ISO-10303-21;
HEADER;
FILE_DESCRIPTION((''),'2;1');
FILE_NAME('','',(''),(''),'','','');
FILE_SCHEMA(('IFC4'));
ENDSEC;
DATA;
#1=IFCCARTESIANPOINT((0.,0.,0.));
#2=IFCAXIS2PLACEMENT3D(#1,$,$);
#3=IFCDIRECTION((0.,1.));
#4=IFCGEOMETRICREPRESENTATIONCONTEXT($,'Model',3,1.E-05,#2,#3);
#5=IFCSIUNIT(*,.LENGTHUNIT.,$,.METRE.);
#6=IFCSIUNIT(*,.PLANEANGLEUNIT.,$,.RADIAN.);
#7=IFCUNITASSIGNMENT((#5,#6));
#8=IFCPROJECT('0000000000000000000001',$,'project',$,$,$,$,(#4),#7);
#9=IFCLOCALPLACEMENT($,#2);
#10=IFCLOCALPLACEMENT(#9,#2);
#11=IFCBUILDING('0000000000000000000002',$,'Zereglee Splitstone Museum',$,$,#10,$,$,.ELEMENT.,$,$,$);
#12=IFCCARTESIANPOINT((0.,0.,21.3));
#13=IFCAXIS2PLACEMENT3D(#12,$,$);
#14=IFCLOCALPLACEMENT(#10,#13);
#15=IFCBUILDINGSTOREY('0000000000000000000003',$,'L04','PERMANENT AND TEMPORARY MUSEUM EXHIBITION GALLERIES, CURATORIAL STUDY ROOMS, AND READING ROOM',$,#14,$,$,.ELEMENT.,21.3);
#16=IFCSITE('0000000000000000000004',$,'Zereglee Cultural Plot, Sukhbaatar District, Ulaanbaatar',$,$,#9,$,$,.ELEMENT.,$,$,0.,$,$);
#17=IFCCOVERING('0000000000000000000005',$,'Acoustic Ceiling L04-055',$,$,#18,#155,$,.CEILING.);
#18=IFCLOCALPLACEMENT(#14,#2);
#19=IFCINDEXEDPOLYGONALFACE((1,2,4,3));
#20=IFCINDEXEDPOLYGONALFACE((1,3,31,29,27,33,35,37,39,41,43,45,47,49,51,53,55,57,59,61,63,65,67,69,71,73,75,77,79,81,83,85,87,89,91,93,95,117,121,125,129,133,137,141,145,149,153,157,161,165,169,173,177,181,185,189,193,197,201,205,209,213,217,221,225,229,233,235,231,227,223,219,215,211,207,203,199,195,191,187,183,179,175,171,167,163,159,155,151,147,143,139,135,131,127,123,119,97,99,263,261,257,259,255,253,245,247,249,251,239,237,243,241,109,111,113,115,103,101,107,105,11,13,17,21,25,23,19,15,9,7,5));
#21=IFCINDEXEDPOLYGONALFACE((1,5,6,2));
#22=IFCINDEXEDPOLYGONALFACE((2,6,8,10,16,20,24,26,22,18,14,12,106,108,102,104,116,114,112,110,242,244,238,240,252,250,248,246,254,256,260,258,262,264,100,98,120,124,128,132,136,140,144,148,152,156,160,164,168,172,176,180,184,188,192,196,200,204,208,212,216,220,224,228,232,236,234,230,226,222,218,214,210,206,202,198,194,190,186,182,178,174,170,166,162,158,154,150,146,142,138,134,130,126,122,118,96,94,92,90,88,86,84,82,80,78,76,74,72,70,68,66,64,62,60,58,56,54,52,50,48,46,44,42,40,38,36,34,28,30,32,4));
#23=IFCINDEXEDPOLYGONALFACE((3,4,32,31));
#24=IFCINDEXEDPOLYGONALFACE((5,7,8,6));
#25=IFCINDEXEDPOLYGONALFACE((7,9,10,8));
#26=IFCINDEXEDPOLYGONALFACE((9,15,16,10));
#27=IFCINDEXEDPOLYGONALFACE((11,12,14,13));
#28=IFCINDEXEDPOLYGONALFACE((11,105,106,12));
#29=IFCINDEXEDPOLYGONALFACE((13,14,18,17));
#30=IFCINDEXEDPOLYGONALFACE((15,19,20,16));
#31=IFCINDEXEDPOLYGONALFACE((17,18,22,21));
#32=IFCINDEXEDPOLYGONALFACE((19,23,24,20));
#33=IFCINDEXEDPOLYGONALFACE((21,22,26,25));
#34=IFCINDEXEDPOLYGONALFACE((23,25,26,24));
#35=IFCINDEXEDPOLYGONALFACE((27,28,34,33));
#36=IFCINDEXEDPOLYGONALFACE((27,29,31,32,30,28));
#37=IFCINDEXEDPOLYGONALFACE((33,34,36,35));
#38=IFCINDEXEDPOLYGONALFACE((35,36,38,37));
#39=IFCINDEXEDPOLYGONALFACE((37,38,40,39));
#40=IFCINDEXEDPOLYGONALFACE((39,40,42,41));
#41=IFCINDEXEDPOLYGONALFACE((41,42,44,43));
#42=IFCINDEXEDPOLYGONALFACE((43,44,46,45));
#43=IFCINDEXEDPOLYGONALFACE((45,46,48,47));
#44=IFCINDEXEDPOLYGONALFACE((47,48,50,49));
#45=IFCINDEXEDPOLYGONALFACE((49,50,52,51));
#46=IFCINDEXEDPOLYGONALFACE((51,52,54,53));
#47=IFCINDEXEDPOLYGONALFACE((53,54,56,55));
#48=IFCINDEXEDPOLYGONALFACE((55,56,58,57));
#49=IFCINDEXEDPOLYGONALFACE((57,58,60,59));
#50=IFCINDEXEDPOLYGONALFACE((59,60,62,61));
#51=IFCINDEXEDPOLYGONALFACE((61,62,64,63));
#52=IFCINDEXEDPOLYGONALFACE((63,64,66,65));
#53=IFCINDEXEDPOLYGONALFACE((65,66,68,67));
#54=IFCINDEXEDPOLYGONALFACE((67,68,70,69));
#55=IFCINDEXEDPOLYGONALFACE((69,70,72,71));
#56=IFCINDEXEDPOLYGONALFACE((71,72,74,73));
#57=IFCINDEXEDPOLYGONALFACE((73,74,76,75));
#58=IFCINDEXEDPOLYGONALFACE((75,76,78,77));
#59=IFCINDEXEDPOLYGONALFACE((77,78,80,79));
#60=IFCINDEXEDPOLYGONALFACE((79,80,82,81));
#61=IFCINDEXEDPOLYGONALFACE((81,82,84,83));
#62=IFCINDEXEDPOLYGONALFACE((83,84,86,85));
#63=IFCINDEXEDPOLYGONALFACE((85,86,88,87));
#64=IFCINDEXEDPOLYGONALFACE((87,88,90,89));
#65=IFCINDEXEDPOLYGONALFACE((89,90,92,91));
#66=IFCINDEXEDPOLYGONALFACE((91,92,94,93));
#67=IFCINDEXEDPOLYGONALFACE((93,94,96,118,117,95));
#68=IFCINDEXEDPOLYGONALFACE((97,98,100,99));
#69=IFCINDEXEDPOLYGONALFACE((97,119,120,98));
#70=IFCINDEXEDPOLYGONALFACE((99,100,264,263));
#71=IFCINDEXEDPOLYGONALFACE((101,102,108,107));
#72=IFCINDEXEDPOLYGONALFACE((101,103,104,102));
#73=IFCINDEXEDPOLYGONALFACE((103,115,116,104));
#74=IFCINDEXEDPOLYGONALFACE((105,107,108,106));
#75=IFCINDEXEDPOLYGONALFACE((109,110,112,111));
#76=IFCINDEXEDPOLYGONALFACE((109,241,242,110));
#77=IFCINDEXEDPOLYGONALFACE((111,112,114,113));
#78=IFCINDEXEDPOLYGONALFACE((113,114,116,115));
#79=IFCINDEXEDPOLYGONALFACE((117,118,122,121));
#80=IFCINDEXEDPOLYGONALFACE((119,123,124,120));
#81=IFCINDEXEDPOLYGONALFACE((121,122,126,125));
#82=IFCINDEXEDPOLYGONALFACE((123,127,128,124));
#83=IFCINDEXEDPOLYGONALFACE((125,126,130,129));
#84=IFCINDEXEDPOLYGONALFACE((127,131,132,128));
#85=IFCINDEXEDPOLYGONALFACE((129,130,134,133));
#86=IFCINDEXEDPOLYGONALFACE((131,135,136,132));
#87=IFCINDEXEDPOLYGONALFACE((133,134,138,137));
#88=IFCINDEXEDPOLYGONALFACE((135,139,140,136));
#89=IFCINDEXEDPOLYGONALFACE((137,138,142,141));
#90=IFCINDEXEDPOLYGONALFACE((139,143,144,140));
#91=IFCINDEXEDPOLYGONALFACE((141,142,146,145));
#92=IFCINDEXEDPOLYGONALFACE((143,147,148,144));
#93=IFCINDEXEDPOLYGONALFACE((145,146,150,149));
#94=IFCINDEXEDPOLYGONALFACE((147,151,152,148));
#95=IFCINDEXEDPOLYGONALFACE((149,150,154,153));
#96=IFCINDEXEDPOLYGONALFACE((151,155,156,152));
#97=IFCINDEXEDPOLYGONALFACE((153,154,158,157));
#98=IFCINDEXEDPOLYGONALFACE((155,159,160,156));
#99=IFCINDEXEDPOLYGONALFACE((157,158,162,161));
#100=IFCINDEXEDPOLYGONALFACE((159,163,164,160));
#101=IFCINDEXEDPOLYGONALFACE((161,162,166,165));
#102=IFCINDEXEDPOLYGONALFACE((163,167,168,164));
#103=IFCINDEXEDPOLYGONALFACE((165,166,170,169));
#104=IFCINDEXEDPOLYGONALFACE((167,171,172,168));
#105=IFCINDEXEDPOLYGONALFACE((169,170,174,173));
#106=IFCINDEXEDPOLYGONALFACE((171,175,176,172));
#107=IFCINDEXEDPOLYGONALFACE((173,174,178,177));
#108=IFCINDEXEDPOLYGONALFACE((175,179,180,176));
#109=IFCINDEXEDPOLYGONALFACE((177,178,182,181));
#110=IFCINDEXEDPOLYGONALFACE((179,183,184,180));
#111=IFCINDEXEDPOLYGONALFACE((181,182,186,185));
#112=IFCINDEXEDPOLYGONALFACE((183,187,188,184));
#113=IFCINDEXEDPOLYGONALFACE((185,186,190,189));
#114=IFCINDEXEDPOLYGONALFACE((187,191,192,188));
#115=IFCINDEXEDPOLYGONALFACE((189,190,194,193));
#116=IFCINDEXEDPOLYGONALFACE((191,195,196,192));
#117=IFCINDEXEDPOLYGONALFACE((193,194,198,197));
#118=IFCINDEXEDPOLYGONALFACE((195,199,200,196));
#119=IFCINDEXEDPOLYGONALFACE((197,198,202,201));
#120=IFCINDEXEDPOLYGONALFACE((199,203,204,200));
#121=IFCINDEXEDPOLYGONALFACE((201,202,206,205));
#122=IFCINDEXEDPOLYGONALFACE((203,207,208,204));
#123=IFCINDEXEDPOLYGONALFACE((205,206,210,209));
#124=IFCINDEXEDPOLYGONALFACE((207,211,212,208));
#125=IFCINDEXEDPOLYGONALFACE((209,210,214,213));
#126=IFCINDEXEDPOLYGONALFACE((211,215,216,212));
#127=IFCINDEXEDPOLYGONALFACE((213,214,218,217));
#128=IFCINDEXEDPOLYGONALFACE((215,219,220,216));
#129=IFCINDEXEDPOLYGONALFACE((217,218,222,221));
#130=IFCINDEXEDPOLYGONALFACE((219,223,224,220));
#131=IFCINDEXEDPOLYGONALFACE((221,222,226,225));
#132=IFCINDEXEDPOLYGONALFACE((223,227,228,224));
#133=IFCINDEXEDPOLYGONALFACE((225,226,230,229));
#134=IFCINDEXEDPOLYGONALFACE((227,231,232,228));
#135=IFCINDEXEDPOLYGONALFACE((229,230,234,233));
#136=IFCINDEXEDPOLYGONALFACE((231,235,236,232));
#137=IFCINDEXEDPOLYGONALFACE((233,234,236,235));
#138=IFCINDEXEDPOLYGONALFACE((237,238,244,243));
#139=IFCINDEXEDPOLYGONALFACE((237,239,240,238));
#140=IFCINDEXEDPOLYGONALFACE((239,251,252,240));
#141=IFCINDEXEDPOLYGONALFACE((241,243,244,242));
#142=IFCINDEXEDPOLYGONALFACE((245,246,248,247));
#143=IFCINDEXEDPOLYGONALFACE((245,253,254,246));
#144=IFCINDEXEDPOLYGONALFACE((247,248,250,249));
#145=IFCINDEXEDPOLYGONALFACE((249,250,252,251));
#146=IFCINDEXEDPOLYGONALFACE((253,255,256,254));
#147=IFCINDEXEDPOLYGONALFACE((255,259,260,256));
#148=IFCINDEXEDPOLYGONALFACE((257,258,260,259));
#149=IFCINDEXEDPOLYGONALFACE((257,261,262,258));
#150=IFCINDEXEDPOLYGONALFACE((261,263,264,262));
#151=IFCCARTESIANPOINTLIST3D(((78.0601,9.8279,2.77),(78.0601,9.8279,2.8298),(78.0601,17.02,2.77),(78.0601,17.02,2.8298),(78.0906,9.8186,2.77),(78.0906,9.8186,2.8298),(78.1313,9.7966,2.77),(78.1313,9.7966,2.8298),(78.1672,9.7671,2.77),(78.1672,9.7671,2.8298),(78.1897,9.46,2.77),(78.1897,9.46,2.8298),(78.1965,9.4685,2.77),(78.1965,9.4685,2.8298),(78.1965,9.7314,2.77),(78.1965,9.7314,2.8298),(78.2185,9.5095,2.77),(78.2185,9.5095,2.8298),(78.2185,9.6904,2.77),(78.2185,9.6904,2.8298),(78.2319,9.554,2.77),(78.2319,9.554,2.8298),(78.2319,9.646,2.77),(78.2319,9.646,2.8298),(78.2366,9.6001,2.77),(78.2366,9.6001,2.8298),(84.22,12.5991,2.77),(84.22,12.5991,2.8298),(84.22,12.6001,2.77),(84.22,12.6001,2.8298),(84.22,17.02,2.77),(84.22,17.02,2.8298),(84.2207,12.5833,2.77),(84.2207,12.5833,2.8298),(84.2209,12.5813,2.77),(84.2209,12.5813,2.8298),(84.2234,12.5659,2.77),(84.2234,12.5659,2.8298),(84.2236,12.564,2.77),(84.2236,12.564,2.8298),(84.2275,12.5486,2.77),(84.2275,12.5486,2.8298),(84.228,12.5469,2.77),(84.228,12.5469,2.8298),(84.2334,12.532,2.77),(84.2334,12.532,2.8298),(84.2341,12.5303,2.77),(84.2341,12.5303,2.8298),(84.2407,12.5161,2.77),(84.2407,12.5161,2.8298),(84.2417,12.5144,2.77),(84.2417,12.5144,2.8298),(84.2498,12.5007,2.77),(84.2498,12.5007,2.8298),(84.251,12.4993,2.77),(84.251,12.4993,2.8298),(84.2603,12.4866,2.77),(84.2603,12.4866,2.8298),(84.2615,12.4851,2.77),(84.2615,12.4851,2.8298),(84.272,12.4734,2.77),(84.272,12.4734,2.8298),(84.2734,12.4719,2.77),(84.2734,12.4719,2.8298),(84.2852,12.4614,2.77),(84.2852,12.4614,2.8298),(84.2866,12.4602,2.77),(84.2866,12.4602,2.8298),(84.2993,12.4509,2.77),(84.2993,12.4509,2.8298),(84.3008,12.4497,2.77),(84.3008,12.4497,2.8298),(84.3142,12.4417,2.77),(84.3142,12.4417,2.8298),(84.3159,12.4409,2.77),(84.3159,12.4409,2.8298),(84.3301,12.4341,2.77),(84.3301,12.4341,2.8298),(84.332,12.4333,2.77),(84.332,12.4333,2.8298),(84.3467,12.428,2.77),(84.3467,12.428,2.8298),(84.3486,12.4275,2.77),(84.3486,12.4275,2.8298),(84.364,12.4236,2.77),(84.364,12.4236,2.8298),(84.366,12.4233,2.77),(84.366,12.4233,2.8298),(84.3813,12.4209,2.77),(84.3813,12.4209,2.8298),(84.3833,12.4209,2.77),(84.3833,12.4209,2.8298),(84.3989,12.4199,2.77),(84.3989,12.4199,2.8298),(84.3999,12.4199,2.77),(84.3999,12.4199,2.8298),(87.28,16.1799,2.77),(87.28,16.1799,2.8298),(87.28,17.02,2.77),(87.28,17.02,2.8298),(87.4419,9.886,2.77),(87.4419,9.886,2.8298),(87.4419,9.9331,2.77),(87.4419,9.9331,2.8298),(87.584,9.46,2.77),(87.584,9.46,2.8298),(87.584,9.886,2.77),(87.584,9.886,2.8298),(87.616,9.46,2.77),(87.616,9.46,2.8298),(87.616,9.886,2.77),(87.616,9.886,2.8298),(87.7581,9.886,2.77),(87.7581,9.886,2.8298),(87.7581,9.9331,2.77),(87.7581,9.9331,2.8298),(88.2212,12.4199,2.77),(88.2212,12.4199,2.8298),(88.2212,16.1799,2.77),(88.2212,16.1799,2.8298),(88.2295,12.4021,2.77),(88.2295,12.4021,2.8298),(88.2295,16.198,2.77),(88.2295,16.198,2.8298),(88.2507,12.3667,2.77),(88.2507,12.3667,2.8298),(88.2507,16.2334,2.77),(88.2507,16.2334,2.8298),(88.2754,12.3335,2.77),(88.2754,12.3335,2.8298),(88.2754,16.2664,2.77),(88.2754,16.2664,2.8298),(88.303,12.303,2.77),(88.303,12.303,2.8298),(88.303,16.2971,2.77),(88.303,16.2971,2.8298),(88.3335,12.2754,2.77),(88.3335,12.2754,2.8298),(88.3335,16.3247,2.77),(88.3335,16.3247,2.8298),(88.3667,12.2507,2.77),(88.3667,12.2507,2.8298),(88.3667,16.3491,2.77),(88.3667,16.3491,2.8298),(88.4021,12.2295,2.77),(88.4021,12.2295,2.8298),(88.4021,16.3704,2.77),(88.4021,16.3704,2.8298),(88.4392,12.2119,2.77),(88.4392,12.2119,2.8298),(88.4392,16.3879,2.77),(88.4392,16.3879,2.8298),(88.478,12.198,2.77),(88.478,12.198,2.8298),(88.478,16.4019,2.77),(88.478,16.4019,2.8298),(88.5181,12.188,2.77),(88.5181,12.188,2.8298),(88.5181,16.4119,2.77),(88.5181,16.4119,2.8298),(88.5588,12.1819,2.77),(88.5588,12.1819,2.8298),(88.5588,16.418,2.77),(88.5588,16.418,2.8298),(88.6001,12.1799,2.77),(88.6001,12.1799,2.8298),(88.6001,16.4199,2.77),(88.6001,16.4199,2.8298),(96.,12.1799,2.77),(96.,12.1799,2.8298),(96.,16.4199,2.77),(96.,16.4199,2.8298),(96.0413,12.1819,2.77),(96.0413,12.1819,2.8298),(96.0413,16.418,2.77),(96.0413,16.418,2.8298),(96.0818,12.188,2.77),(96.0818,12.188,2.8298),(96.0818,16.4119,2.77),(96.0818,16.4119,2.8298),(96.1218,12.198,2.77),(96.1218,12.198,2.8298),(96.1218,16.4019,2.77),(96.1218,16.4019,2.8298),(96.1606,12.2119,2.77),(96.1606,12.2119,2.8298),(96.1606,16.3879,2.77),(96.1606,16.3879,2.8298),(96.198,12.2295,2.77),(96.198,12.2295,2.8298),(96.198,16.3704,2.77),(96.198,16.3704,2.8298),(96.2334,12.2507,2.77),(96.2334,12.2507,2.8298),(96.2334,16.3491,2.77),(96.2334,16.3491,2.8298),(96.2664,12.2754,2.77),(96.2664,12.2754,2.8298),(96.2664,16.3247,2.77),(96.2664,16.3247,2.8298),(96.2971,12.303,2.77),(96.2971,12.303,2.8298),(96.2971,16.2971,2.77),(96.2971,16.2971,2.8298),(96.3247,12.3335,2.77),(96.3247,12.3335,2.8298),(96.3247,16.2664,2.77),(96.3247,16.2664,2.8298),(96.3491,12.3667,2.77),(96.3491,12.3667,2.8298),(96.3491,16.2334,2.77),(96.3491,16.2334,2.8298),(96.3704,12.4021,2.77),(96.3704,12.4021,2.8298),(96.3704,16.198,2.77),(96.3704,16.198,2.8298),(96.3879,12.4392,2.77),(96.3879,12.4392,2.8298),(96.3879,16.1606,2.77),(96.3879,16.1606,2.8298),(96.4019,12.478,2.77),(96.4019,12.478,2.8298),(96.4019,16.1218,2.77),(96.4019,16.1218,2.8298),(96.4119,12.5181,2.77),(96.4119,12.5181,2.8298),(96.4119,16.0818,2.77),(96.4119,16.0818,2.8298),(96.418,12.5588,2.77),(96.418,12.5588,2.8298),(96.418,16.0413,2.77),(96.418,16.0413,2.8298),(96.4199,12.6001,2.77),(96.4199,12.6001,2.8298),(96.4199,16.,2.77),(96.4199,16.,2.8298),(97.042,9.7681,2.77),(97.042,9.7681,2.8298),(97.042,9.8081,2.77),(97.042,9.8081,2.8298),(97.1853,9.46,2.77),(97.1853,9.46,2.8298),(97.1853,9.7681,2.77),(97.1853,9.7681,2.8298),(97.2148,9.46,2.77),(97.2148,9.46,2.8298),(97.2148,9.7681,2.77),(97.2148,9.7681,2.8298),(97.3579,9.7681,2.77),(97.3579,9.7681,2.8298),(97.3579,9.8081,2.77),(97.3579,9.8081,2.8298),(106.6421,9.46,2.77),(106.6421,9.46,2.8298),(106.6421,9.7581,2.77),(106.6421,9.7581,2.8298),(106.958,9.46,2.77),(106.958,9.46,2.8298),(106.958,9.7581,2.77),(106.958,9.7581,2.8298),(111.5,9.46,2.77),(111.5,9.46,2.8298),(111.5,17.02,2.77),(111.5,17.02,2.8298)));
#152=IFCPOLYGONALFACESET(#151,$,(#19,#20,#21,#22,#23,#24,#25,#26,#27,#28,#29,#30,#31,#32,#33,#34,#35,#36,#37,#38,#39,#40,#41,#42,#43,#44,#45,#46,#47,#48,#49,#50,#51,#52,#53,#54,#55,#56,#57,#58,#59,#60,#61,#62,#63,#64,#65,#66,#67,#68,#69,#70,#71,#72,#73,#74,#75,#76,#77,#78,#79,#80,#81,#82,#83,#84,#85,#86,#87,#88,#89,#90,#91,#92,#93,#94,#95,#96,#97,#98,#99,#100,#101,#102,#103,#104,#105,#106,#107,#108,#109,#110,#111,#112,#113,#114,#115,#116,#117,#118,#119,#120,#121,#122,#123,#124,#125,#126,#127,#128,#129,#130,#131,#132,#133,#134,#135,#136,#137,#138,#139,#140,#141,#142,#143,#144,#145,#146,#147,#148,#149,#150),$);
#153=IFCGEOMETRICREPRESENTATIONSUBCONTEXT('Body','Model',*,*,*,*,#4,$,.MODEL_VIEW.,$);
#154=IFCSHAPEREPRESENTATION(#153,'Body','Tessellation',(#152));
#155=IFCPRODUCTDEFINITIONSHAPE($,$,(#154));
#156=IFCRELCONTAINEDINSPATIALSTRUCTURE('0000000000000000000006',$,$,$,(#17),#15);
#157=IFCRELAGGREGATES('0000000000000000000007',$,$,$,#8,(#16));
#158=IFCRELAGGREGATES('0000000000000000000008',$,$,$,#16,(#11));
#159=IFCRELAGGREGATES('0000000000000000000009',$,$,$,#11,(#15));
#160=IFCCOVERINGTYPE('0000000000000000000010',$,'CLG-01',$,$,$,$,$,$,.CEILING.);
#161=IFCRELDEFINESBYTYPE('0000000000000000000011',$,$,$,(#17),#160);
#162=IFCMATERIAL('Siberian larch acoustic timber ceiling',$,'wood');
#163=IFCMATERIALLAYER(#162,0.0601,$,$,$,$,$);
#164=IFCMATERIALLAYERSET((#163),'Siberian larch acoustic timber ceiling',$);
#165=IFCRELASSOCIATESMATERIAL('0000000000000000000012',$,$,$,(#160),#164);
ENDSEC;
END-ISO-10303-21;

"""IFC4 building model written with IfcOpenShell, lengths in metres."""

from ifc_helpers import new_model, si_unit, direction, frame, origin, place, context, subcontext, project, spatial, polyline, outline, extrude, material, layer, layer_set, type_object, element, save


model = new_model("IFC4")

# Units and contexts
model_context = context("Model", 3, precision=1e-05, world=origin(), true_north=direction((0.0, 1.0)))
body_context = subcontext(model_context, "Body", "Model", "MODEL_VIEW")
ifc_project = project(units=[si_unit("LENGTHUNIT", "METRE"), si_unit("PLANEANGLEUNIT", "RADIAN")], contexts=[model_context])

# Site, building, storey
site_placement = place(None, origin())
site = spatial("IfcSite", under=ifc_project, at=site_placement, Name="Zereglee Cultural Plot, Sukhbaatar District, Ulaanbaatar", CompositionType="ELEMENT", RefElevation=0.0)
building_placement = place(site_placement, origin())
building = spatial("IfcBuilding", under=site, at=building_placement, Name="Zereglee Splitstone Museum", CompositionType="ELEMENT")
storey_placement = place(building_placement, frame((0.0, 0.0, 21.3)))
storey = spatial("IfcBuildingStorey", under=building, at=storey_placement, Name="L04", Description="PERMANENT AND TEMPORARY MUSEUM EXHIBITION GALLERIES, CURATORIAL STUDY ROOMS, AND READING ROOM", CompositionType="ELEMENT", Elevation=21.3)

# Covering
ifc_material_1 = material(Name="Siberian larch acoustic timber ceiling", Category="wood")
ifc_layer_1 = layer(ifc_material_1, 0.0601)
ifc_layer_set_1 = layer_set([ifc_layer_1], Name="Siberian larch acoustic timber ceiling")
covering_type_1 = type_object("IfcCoveringType", Name="CLG-01", PredefinedType="CEILING", material=ifc_layer_set_1)
covering_1_placement = place(storey_placement, frame((0.0, 0.0, 2.77)))
element("IfcCovering", 1, at=covering_1_placement, inside=storey, type_object=covering_type_1, Name="Acoustic Ceiling L04-055", PredefinedType="CEILING", context=body_context, shape_type="SweptSolid", body=[
    extrude(outline(polyline([(87.28, 17.02), (111.5, 17.02), (111.5, 9.46), (106.958, 9.46), (106.958, 9.7581), (106.6421, 9.7581), (106.6421, 9.46), (97.2148, 9.46), (97.2148, 9.7681), (97.3579, 9.7681), (97.3579, 9.8081), (97.042, 9.8081), (97.042, 9.7681), (97.1853, 9.7681), (97.1853, 9.46), (87.616, 9.46), (87.616, 9.886), (87.7581, 9.886), (87.7581, 9.9331), (87.4419, 9.9331), (87.4419, 9.886), (87.584, 9.886), (87.584, 9.46), (78.1897, 9.46), (78.1965, 9.4685), (78.2185, 9.5095), (78.2319, 9.554), (78.2366, 9.6001), (78.2319, 9.646), (78.2185, 9.6904), (78.1965, 9.7314), (78.1672, 9.7671), (78.1313, 9.7966), (78.0906, 9.8186), (78.0601, 9.8279), (78.0601, 17.02), (84.22, 17.02), (84.22, 12.6001), (84.22, 12.5991), (84.2207, 12.5833), (84.2209, 12.5813), (84.2234, 12.5659), (84.2236, 12.564), (84.2275, 12.5486), (84.228, 12.5469), (84.2334, 12.532), (84.2341, 12.5303), (84.2407, 12.5161), (84.2417, 12.5144), (84.2498, 12.5007), (84.251, 12.4993), (84.2603, 12.4866), (84.2615, 12.4851), (84.272, 12.4734), (84.2734, 12.4719), (84.2852, 12.4614), (84.2866, 12.4602), (84.2993, 12.4509), (84.3008, 12.4497), (84.3142, 12.4417), (84.3159, 12.4409), (84.3301, 12.4341), (84.332, 12.4333), (84.3467, 12.428), (84.3486, 12.4275), (84.364, 12.4236), (84.366, 12.4233), (84.3813, 12.4209), (84.3833, 12.4209), (84.3989, 12.4199), (84.3999, 12.4199), (88.2212, 12.4199), (88.2295, 12.4021), (88.2507, 12.3667), (88.2754, 12.3335), (88.303, 12.303), (88.3335, 12.2754), (88.3667, 12.2507), (88.4021, 12.2295), (88.4392, 12.2119), (88.478, 12.198), (88.5181, 12.188), (88.5588, 12.1819), (88.6001, 12.1799), (96.0, 12.1799), (96.0413, 12.1819), (96.0818, 12.188), (96.1218, 12.198), (96.1606, 12.2119), (96.198, 12.2295), (96.2334, 12.2507), (96.2664, 12.2754), (96.2971, 12.303), (96.3247, 12.3335), (96.3491, 12.3667), (96.3704, 12.4021), (96.3879, 12.4392), (96.4019, 12.478), (96.4119, 12.5181), (96.418, 12.5588), (96.4199, 12.6001), (96.4199, 16.0), (96.418, 16.0413), (96.4119, 16.0818), (96.4019, 16.1218), (96.3879, 16.1606), (96.3704, 16.198), (96.3491, 16.2334), (96.3247, 16.2664), (96.2971, 16.2971), (96.2664, 16.3247), (96.2334, 16.3491), (96.198, 16.3704), (96.1606, 16.3879), (96.1218, 16.4019), (96.0818, 16.4119), (96.0413, 16.418), (96.0, 16.4199), (88.6001, 16.4199), (88.5588, 16.418), (88.5181, 16.4119), (88.478, 16.4019), (88.4392, 16.3879), (88.4021, 16.3704), (88.3667, 16.3491), (88.3335, 16.3247), (88.303, 16.2971), (88.2754, 16.2664), (88.2507, 16.2334), (88.2295, 16.198), (88.2212, 16.1799), (87.28, 16.1799), (87.28, 17.02)])), origin(), (0.0, 0.0, 1.0), 0.0598),
])

save(model, "model.ifc")
